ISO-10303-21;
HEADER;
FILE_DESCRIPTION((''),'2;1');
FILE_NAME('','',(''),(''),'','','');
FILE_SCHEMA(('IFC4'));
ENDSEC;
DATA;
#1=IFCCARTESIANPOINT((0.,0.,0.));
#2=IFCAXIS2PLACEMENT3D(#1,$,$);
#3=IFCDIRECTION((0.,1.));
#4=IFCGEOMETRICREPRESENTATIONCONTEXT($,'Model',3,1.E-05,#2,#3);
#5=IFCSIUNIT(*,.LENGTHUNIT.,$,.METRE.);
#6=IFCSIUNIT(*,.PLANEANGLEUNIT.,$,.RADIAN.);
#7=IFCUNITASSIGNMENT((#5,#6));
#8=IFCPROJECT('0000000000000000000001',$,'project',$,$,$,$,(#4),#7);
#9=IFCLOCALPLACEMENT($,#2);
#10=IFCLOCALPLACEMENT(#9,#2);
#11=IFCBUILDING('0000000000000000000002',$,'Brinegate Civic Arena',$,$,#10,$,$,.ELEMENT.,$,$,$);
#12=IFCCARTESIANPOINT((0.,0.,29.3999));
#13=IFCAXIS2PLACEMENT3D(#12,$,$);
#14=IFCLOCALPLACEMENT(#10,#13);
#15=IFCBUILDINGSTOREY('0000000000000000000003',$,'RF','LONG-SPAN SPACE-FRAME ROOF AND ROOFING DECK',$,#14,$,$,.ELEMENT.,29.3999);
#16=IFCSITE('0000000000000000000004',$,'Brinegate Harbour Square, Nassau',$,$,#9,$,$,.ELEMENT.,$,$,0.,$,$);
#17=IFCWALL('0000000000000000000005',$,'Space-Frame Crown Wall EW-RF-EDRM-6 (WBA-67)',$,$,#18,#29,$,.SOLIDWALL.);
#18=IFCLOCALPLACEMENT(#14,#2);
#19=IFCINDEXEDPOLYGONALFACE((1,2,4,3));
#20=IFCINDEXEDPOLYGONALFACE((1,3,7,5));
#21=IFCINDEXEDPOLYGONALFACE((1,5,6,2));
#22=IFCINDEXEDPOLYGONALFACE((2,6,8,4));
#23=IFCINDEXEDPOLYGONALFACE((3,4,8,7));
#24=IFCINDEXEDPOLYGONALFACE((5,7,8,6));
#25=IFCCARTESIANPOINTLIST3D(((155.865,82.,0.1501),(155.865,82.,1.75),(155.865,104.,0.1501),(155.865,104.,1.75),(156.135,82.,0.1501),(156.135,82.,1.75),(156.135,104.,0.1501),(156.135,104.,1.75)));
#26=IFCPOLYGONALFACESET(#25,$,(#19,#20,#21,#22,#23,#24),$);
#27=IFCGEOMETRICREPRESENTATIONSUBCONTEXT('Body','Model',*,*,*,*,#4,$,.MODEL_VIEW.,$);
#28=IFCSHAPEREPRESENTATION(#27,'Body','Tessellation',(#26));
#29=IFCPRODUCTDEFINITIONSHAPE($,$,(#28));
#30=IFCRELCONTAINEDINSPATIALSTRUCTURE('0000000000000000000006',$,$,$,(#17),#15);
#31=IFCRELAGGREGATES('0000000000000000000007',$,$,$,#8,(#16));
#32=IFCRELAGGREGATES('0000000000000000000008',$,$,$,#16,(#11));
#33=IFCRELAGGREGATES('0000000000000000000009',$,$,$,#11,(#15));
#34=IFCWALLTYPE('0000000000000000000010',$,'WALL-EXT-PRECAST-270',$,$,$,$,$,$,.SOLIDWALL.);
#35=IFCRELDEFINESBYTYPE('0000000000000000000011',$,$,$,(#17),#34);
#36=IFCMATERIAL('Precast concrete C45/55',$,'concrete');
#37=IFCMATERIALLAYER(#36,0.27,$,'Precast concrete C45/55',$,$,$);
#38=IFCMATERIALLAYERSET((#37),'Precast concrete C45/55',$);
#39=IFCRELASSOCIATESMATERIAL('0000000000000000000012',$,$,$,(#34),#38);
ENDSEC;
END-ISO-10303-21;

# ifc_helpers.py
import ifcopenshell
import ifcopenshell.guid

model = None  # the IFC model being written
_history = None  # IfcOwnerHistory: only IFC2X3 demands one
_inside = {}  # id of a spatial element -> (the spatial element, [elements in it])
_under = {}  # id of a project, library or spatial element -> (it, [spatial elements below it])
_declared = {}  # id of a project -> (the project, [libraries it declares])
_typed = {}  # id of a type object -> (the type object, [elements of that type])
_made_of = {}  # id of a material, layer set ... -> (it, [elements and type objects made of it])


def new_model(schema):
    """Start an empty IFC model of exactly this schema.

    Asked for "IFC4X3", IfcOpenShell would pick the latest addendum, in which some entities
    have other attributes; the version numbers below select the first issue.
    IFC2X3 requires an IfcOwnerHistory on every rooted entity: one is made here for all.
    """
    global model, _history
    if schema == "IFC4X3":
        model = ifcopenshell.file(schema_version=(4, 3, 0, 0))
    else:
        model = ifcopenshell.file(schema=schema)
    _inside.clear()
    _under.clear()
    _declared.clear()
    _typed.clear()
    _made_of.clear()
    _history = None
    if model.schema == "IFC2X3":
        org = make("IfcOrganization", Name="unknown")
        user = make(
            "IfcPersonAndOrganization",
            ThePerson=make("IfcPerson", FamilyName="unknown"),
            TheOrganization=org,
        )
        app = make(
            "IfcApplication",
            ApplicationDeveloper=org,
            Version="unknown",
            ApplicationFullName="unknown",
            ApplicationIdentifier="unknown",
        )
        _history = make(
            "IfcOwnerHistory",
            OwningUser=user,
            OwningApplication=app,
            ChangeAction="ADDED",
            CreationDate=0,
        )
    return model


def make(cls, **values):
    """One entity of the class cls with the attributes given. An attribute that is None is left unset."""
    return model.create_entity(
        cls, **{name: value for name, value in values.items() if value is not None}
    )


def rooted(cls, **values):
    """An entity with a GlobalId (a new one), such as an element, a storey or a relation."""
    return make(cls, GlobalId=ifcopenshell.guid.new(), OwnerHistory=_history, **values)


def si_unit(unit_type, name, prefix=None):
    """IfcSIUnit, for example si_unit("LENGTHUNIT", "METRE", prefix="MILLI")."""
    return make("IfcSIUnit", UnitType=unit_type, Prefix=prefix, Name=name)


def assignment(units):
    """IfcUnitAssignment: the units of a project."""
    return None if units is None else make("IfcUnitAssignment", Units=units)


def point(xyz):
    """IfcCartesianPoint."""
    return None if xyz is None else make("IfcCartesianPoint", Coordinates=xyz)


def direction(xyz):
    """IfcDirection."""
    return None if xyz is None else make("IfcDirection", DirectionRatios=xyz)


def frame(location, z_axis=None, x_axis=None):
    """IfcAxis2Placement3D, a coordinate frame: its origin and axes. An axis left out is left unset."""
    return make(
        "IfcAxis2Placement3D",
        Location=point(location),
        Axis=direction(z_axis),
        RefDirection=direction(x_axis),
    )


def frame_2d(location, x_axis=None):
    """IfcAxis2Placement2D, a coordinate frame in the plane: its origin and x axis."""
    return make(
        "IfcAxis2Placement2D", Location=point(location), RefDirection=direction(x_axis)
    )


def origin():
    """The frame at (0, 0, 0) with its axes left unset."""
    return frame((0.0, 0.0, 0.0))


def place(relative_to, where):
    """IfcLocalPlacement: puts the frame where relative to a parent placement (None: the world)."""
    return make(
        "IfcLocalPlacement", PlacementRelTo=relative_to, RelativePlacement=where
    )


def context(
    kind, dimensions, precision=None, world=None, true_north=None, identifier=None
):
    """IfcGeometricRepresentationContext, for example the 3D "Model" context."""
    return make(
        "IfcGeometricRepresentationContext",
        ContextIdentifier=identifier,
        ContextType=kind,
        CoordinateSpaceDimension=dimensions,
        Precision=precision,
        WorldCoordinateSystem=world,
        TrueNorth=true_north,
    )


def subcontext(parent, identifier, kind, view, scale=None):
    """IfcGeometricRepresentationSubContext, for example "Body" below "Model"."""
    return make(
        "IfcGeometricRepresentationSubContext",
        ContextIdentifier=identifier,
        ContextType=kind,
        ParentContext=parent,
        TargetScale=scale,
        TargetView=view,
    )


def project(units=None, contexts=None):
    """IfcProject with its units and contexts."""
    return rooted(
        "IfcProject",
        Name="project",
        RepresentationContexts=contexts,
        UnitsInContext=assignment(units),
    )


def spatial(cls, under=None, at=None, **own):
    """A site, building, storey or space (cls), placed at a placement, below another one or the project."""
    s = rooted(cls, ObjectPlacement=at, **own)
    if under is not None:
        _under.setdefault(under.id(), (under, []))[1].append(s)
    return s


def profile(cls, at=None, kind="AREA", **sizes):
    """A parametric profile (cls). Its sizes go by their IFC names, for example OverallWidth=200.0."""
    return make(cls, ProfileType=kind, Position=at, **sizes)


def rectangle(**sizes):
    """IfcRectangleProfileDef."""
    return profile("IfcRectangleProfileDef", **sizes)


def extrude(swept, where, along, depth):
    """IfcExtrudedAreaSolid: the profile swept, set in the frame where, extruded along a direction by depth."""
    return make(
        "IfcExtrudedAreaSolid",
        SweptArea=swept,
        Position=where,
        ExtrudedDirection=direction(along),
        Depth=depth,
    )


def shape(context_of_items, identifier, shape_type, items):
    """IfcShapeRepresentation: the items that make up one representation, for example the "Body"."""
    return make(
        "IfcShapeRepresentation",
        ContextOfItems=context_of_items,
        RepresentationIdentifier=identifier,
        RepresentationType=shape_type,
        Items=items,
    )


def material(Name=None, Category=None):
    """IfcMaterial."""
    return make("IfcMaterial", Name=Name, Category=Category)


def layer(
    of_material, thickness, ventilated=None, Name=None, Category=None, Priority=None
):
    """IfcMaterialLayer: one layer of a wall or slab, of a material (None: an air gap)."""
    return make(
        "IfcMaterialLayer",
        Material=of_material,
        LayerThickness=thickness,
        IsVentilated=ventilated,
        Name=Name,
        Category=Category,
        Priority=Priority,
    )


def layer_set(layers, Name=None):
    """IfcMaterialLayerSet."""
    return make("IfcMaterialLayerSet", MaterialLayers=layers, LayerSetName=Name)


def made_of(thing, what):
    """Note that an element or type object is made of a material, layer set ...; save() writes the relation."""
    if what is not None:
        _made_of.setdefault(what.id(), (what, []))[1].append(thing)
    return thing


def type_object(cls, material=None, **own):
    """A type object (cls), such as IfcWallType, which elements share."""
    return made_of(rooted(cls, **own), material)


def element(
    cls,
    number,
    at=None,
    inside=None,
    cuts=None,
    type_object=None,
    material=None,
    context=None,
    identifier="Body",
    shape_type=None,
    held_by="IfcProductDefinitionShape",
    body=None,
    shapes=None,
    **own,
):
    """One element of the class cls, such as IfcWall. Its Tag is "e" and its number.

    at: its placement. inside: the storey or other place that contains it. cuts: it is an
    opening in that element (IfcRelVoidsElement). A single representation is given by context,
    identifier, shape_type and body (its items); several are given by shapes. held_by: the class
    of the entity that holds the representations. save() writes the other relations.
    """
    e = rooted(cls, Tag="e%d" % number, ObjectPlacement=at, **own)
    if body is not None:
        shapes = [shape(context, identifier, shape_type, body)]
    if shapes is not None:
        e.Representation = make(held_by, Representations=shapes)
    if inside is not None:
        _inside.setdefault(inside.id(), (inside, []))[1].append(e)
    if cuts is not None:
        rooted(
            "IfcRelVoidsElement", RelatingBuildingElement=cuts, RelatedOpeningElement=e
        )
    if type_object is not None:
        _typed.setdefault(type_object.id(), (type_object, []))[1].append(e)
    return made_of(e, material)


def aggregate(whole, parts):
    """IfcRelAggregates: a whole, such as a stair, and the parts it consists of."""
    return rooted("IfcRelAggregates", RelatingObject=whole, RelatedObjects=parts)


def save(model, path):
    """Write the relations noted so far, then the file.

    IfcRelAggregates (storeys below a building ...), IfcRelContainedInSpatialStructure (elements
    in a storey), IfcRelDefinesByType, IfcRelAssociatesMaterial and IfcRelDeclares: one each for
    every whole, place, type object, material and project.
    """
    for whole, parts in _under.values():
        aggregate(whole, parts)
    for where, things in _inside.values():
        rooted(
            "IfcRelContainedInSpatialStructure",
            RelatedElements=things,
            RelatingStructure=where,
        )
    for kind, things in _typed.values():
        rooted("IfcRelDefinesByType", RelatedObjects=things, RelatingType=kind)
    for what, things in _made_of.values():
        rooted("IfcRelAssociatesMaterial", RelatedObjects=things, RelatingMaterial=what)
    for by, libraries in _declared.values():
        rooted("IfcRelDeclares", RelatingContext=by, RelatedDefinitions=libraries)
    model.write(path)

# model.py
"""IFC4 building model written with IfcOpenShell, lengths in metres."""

from ifc_helpers import new_model, si_unit, direction, frame, frame_2d, origin, place, context, subcontext, project, spatial, rectangle, extrude, material, layer, layer_set, type_object, element, save


model = new_model("IFC4")

# Units and contexts
model_context = context("Model", 3, precision=1e-05, world=origin(), true_north=direction((0.0, 1.0)))
body_context = subcontext(model_context, "Body", "Model", "MODEL_VIEW")
ifc_project = project(units=[si_unit("LENGTHUNIT", "METRE"), si_unit("PLANEANGLEUNIT", "RADIAN")], contexts=[model_context])

# Site, building, storey
site_placement = place(None, origin())
site = spatial("IfcSite", under=ifc_project, at=site_placement, Name="Brinegate Harbour Square, Nassau", CompositionType="ELEMENT", RefElevation=0.0)
building_placement = place(site_placement, origin())
building = spatial("IfcBuilding", under=site, at=building_placement, Name="Brinegate Civic Arena", CompositionType="ELEMENT")
storey_placement = place(building_placement, frame((0.0, 0.0, 29.3999)))
storey = spatial("IfcBuildingStorey", under=building, at=storey_placement, Name="RF", Description="LONG-SPAN SPACE-FRAME ROOF AND ROOFING DECK", CompositionType="ELEMENT", Elevation=29.3999)

# Wall
ifc_material_1 = material(Name="Precast concrete C45/55", Category="concrete")
ifc_layer_1 = layer(ifc_material_1, 0.27, Name="Precast concrete C45/55")
ifc_layer_set_1 = layer_set([ifc_layer_1], Name="Precast concrete C45/55")
wall_type = type_object("IfcWallType", Name="WALL-EXT-PRECAST-270", PredefinedType="SOLIDWALL", material=ifc_layer_set_1)
wall_placement = place(storey_placement, frame((156.0, 82.0, 0.1501), z_axis=(0.0, 0.0, 1.0), x_axis=(0.0, 1.0, 0.0)))
element("IfcWall", 1, at=wall_placement, inside=storey, type_object=wall_type, Name="Space-Frame Crown Wall EW-RF-EDRM-6 (WBA-67)", PredefinedType="SOLIDWALL", context=body_context, shape_type="SweptSolid", body=[
    extrude(rectangle(XDim=22.0, YDim=0.27, at=frame_2d((11.0, 0.0))), origin(), (0.0, 0.0, 1.0), 1.5999),
])

save(model, "model.ifc")
